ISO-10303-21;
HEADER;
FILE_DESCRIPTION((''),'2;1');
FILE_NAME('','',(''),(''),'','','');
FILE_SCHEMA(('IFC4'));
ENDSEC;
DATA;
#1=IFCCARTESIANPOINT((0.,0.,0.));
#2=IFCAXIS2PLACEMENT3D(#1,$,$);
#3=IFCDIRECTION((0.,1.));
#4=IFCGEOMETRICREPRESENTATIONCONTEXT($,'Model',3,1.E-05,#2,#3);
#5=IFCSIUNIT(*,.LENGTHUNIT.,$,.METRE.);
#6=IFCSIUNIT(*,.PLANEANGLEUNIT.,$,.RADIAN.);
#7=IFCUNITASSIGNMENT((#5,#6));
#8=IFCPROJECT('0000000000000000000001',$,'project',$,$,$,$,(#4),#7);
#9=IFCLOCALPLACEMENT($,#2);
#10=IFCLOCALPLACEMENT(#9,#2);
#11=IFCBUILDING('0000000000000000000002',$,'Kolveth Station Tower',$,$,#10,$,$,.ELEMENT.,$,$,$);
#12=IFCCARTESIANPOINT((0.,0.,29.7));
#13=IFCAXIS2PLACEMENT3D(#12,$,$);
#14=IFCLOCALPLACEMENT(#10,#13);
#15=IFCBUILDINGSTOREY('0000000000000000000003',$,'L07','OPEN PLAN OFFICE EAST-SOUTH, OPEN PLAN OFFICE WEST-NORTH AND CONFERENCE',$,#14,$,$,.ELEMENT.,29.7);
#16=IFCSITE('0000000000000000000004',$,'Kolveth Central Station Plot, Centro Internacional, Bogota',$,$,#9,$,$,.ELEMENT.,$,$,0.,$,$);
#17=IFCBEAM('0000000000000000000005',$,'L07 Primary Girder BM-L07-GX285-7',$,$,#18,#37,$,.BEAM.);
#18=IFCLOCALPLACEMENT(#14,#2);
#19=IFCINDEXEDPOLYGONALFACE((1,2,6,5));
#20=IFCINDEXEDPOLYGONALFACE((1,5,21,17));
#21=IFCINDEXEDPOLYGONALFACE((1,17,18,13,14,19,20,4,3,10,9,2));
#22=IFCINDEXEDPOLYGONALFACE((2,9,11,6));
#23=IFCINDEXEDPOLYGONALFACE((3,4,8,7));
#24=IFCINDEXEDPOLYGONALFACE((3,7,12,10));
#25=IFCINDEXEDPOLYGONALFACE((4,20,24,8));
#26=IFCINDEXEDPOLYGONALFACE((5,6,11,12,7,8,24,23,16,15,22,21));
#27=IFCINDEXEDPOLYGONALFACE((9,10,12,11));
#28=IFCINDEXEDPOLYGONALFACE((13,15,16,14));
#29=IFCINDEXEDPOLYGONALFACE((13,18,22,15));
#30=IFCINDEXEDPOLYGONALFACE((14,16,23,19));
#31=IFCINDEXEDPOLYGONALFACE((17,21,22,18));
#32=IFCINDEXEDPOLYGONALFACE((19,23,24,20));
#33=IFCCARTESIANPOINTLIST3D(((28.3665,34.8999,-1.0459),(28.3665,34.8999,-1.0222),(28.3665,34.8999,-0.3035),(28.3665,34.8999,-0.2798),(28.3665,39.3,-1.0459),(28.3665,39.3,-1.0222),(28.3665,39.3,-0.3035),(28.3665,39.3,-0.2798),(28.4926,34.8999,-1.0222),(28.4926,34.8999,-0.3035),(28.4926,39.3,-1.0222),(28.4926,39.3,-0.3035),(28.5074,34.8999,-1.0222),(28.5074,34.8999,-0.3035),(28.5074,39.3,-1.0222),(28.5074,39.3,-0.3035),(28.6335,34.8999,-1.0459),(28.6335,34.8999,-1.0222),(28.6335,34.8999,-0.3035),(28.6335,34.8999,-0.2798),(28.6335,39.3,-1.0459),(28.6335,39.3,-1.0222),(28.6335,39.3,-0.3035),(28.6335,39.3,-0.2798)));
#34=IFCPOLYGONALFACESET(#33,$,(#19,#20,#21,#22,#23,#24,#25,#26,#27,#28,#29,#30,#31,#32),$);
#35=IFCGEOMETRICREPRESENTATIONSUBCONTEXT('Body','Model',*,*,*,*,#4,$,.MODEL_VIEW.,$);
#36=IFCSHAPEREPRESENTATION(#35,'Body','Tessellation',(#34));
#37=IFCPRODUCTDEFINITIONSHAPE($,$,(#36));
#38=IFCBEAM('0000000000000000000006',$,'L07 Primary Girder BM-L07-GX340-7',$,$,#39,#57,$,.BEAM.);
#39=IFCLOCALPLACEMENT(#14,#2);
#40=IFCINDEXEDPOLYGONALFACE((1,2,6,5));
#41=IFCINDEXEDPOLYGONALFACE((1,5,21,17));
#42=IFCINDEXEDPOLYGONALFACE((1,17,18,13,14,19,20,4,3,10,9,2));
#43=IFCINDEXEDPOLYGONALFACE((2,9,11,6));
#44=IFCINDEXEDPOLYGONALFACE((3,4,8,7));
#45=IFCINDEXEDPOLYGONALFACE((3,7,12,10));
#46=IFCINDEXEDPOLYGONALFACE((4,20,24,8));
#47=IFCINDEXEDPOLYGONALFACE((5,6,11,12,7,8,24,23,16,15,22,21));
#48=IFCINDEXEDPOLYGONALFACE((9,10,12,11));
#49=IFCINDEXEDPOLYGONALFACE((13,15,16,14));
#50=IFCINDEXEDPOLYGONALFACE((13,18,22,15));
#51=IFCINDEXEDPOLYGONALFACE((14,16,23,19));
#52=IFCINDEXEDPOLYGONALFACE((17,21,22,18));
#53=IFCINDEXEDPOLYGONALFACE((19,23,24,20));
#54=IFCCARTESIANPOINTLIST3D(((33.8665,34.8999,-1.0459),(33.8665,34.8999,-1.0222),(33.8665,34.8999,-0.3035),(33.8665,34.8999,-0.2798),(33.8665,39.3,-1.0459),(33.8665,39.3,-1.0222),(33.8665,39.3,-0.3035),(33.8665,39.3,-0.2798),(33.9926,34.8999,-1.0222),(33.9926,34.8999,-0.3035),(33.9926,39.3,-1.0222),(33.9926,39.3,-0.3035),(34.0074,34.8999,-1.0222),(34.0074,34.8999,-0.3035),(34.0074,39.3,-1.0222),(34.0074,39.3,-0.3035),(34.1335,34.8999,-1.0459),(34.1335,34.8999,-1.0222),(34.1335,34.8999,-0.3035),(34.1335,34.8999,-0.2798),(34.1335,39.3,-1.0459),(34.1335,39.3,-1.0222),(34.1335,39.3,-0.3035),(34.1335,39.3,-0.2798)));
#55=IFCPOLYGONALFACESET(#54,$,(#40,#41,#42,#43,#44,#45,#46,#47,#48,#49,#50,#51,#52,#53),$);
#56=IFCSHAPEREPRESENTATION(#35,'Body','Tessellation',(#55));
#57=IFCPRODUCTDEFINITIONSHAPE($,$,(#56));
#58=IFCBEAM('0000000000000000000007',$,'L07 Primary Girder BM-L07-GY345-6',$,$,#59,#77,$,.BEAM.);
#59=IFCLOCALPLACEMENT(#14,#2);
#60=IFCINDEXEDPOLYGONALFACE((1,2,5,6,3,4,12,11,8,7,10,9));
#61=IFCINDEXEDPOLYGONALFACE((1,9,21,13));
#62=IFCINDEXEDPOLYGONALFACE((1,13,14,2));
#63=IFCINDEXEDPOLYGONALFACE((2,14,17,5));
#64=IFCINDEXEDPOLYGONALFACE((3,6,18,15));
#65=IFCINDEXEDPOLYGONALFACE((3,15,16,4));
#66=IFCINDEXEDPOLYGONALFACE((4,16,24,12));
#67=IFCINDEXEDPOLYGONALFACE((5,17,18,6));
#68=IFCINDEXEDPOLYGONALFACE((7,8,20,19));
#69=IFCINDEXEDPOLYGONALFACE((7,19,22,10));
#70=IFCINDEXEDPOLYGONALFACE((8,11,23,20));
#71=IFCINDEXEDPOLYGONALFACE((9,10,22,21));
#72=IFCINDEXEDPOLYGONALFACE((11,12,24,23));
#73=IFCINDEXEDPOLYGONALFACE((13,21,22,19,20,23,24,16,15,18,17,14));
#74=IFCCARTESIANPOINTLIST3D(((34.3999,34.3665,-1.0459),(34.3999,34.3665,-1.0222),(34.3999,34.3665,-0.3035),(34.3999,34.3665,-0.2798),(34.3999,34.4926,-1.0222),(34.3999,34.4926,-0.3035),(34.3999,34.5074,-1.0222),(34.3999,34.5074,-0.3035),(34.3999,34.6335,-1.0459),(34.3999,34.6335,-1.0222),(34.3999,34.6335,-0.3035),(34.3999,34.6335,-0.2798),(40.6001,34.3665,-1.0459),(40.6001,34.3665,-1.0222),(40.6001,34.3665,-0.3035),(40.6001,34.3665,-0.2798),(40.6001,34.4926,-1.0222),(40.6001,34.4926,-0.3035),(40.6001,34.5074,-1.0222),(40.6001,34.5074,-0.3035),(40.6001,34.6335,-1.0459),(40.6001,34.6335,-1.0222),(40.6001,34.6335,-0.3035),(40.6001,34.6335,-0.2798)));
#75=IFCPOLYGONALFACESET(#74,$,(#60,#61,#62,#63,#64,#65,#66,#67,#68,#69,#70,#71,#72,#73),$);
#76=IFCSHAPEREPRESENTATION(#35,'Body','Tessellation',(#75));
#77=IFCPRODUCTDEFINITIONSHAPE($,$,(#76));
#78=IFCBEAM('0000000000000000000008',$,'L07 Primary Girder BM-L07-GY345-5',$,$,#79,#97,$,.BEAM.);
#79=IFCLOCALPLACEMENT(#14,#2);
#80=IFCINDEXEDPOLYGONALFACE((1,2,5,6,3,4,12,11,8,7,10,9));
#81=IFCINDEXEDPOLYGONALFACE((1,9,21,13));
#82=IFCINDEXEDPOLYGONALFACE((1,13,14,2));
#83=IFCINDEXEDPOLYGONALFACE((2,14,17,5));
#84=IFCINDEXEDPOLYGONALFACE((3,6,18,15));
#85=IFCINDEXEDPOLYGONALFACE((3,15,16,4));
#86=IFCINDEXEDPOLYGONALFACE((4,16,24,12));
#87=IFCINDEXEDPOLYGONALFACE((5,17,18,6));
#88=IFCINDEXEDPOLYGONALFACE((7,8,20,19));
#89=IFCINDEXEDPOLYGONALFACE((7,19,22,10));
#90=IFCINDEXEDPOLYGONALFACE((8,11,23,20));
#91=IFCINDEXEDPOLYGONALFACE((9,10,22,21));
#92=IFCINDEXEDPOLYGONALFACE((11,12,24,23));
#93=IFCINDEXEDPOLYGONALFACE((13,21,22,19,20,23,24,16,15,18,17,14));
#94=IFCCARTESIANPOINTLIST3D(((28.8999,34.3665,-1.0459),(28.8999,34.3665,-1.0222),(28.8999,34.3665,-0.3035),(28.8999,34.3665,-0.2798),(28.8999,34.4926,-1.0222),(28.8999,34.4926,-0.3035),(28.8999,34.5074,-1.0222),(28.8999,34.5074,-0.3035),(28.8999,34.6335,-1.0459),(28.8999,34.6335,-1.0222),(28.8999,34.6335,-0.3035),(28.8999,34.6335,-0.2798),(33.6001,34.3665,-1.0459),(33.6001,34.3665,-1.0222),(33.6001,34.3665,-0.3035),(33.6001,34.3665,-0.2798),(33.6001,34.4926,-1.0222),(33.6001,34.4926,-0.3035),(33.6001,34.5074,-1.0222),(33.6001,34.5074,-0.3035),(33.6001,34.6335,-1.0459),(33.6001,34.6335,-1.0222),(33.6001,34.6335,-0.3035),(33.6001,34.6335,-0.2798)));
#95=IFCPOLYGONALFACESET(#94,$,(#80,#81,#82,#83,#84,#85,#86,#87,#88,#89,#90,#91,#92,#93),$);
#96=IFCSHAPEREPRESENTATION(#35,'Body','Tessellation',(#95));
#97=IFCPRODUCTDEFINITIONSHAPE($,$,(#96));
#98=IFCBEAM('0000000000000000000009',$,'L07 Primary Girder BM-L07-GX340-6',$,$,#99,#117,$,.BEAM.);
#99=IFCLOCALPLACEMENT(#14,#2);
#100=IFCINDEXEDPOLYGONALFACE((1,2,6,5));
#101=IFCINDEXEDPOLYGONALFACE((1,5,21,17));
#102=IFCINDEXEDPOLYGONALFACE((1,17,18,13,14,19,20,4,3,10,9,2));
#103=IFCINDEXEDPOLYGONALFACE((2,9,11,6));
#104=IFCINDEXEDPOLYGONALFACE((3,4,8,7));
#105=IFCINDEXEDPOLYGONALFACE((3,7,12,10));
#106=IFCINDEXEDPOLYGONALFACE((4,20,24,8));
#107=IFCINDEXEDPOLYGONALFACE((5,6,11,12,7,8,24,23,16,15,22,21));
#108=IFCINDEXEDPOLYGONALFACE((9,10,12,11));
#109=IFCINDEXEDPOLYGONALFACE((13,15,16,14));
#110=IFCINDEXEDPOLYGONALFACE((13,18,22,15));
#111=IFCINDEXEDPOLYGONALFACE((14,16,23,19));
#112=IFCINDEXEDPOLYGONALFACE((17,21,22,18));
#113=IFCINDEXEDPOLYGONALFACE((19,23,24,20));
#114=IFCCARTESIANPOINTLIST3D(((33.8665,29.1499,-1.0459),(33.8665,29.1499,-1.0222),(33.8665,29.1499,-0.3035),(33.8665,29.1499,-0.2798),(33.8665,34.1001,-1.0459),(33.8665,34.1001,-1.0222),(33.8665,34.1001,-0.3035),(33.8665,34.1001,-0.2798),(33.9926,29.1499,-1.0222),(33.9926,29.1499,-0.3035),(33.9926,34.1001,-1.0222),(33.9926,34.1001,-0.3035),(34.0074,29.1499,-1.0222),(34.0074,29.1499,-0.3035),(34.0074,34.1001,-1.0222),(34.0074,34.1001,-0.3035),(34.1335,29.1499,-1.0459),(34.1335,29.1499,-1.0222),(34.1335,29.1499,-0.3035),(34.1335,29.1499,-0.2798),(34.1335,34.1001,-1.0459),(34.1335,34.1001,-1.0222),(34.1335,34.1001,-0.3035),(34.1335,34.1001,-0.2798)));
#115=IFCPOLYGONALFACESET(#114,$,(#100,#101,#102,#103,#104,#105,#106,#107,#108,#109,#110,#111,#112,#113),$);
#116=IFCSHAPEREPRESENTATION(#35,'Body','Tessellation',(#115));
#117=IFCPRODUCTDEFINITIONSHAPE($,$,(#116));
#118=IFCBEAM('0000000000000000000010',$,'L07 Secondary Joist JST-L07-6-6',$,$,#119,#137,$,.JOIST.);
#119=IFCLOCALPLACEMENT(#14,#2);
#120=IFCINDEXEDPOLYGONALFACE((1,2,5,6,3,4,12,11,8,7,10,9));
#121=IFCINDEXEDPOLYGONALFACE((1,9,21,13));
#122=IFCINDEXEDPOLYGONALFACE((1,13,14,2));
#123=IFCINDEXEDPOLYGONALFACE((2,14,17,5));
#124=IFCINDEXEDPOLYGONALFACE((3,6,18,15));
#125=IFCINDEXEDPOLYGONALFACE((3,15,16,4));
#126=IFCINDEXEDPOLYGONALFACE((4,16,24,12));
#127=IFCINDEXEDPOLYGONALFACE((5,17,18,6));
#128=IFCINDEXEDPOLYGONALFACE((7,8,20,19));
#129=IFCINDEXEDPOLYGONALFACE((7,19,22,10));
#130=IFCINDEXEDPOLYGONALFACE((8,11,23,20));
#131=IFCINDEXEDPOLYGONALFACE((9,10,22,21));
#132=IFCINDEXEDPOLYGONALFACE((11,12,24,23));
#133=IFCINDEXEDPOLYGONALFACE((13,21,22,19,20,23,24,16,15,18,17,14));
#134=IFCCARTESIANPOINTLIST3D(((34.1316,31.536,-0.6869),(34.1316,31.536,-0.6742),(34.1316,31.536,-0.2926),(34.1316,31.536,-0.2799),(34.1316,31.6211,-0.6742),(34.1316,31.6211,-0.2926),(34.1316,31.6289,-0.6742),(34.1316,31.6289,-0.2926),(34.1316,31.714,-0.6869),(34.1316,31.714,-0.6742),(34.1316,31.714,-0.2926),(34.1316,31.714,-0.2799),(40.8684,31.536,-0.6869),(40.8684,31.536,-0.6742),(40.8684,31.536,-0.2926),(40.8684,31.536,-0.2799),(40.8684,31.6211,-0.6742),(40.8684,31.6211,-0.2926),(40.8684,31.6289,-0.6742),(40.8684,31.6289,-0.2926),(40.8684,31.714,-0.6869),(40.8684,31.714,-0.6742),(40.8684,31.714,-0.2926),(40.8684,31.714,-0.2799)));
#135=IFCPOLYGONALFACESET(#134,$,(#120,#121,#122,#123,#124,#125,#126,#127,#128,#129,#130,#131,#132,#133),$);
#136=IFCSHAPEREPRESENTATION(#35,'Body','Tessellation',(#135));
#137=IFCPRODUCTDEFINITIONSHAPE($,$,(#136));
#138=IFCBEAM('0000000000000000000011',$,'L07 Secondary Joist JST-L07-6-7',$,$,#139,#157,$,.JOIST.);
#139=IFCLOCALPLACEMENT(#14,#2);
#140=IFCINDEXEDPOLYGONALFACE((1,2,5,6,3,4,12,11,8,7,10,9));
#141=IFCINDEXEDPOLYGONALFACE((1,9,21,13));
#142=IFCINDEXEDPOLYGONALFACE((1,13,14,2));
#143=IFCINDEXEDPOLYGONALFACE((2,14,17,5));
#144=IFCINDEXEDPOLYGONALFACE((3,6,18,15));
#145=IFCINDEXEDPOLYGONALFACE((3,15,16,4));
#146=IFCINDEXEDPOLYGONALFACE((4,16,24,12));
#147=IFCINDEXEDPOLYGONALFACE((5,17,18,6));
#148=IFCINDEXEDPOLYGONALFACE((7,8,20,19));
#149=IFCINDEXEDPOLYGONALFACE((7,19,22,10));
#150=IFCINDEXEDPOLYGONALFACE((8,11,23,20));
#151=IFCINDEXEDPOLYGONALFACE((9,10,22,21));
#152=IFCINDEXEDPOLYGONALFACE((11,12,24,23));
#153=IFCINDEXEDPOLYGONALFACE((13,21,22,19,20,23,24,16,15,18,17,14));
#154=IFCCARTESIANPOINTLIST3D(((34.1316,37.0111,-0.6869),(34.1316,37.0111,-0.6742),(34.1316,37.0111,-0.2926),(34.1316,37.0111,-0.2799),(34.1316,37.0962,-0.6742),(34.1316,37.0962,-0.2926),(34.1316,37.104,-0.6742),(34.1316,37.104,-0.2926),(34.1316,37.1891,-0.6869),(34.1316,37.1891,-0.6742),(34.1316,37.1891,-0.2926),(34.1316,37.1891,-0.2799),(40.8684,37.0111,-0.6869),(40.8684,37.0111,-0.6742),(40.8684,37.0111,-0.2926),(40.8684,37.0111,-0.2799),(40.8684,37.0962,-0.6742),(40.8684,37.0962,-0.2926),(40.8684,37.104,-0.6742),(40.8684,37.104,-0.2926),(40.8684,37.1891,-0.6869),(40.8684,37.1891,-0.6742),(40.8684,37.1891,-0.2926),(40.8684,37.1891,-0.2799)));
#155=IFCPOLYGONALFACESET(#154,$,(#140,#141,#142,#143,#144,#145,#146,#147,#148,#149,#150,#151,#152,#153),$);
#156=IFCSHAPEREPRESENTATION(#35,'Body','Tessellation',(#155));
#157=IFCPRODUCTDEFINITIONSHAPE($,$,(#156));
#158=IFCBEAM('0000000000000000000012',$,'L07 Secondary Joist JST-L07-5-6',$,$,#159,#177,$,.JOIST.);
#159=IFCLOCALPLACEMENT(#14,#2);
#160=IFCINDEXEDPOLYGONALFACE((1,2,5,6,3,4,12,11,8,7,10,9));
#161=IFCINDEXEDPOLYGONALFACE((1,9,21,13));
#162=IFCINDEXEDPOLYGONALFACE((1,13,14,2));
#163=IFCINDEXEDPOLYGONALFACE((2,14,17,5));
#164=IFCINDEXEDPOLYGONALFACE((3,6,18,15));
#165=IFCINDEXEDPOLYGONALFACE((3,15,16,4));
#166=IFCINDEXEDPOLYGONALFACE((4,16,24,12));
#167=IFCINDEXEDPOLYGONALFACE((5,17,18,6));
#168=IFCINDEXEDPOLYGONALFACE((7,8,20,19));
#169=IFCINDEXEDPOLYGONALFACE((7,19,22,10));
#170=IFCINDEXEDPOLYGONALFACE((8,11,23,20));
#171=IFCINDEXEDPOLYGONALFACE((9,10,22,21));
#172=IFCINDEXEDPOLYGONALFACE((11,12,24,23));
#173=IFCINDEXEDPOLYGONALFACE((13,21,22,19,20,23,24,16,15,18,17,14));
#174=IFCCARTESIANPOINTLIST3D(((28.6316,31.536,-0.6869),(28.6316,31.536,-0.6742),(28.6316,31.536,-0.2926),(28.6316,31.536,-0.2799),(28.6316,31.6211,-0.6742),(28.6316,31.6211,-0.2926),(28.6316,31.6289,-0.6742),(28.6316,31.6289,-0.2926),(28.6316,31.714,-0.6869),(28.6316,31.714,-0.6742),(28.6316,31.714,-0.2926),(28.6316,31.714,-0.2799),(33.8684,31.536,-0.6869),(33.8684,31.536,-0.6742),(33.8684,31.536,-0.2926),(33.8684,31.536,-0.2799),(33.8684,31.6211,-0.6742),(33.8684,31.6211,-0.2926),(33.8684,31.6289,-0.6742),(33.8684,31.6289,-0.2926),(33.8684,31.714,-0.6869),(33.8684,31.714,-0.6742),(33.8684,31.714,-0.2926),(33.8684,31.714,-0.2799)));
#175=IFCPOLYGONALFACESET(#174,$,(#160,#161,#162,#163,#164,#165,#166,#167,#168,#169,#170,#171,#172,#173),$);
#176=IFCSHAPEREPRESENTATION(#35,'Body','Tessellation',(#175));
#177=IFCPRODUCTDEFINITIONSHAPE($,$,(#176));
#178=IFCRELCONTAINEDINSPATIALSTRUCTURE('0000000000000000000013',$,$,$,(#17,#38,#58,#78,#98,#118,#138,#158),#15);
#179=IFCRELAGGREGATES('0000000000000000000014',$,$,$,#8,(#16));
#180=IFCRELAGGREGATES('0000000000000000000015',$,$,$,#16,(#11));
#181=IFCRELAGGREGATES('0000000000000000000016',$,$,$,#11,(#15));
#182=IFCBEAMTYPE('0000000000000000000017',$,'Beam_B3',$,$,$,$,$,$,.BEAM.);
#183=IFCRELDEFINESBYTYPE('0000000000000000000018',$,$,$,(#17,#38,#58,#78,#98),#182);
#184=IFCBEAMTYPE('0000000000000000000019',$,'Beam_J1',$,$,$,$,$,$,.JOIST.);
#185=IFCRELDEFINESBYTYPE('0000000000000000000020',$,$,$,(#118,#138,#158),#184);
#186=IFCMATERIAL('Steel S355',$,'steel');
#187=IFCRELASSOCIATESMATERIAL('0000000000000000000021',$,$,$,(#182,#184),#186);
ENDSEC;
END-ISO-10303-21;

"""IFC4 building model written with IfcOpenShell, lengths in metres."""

from ifc_helpers import new_model, si_unit, direction, frame, origin, origin_2d, place, context, subcontext, project, spatial, i_section, extrude, source, transform, mapped, material, material_profile, profile_set, type_object, element, save


model = new_model("IFC4")

# Units and contexts
model_context = context("Model", 3, precision=1e-05, world=origin(), true_north=direction((0.0, 1.0)))
body_context = subcontext(model_context, "Body", "Model", "MODEL_VIEW")
ifc_project = project(units=[si_unit("LENGTHUNIT", "METRE"), si_unit("PLANEANGLEUNIT", "RADIAN")], contexts=[model_context])

# Site, building, storey
site_placement = place(None, origin())
site = spatial("IfcSite", under=ifc_project, at=site_placement, Name="Kolveth Central Station Plot, Centro Internacional, Bogota", CompositionType="ELEMENT", RefElevation=0.0)
building_placement = place(site_placement, origin())
building = spatial("IfcBuilding", under=site, at=building_placement, Name="Kolveth Station Tower", CompositionType="ELEMENT")
storey_placement = place(building_placement, frame((0.0, 0.0, 29.7)))
storey = spatial("IfcBuildingStorey", under=building, at=storey_placement, Name="L07", Description="OPEN PLAN OFFICE EAST-SOUTH, OPEN PLAN OFFICE WEST-NORTH AND CONFERENCE", CompositionType="ELEMENT", Elevation=29.7)

# Shared definitions
ifc_material_1 = material(Name="Steel S355", Category="steel")

# Beams
ifc_material_profile_1 = material_profile(ifc_material_1, i_section(OverallWidth=0.2671, OverallDepth=0.7661, WebThickness=0.0149, FlangeThickness=0.0237, at=origin_2d()), Name="W760x185")
ifc_profile_set_1 = profile_set([ifc_material_profile_1], Name="Steel S355")
beam_type_1 = type_object("IfcBeamType", Name="Beam_B3", PredefinedType="BEAM", material=ifc_profile_set_1)
shared_shape_1 = source(origin(), body_context, "Body", "SweptSolid", [
    extrude(i_section(OverallWidth=0.2671, OverallDepth=0.7661, WebThickness=0.0149, FlangeThickness=0.0237, at=origin_2d()), origin(), (0.0, 0.0, 1.0), 4.4001),
])
for number, where, z_axis, x_axis, name in (
    (1, (28.5, 34.8999, -0.6628), (0.0, 1.0, 0.0), (-1.0, 0.0, 0.0), "L07 Primary Girder BM-L07-GX285-7"),
    (2, (34.0, 34.8999, -0.6628), (0.0, 1.0, 0.0), (-1.0, 0.0, 0.0), "L07 Primary Girder BM-L07-GX340-7"),
):
    element("IfcBeam", number, at=place(storey_placement, frame(where, z_axis=z_axis, x_axis=x_axis)), inside=storey, type_object=beam_type_1, Name=name, PredefinedType="BEAM", context=body_context, shape_type="MappedRepresentation", body=[
        mapped(shared_shape_1, transform((0.0, 0.0, 0.0), x_axis=(1.0, 0.0, 0.0), y_axis=(0.0, 1.0, 0.0), z_axis=(0.0, 0.0, 1.0), scale=1.0)),
    ])
shared_shape_2 = source(origin(), body_context, "Body", "SweptSolid", [
    extrude(i_section(OverallWidth=0.2671, OverallDepth=0.7661, WebThickness=0.0149, FlangeThickness=0.0237, at=origin_2d()), origin(), (0.0, 0.0, 1.0), 6.2002),
])
beam_1_placement = place(storey_placement, frame((34.3999, 34.5, -0.6628), z_axis=(1.0, 0.0, 0.0), x_axis=(0.0, 1.0, 0.0)))
element("IfcBeam", 3, at=beam_1_placement, inside=storey, type_object=beam_type_1, Name="L07 Primary Girder BM-L07-GY345-6", PredefinedType="BEAM", context=body_context, shape_type="MappedRepresentation", body=[
    mapped(shared_shape_2, transform((0.0, 0.0, 0.0), x_axis=(1.0, 0.0, 0.0), y_axis=(0.0, 1.0, 0.0), z_axis=(0.0, 0.0, 1.0), scale=1.0)),
])
shared_shape_3 = source(origin(), body_context, "Body", "SweptSolid", [
    extrude(i_section(OverallWidth=0.2671, OverallDepth=0.7661, WebThickness=0.0149, FlangeThickness=0.0237, at=origin_2d()), origin(), (0.0, 0.0, 1.0), 4.7002),
])
beam_2_placement = place(storey_placement, frame((28.8999, 34.5, -0.6628), z_axis=(1.0, 0.0, 0.0), x_axis=(0.0, 1.0, 0.0)))
element("IfcBeam", 4, at=beam_2_placement, inside=storey, type_object=beam_type_1, Name="L07 Primary Girder BM-L07-GY345-5", PredefinedType="BEAM", context=body_context, shape_type="MappedRepresentation", body=[
    mapped(shared_shape_3, transform((0.0, 0.0, 0.0), x_axis=(1.0, 0.0, 0.0), y_axis=(0.0, 1.0, 0.0), z_axis=(0.0, 0.0, 1.0), scale=1.0)),
])
shared_shape_4 = source(origin(), body_context, "Body", "SweptSolid", [
    extrude(i_section(OverallWidth=0.2671, OverallDepth=0.7661, WebThickness=0.0149, FlangeThickness=0.0237, at=origin_2d()), origin(), (0.0, 0.0, 1.0), 4.9502),
])
beam_3_placement = place(storey_placement, frame((34.0, 29.1499, -0.6628), z_axis=(0.0, 1.0, 0.0), x_axis=(-1.0, 0.0, 0.0)))
element("IfcBeam", 5, at=beam_3_placement, inside=storey, type_object=beam_type_1, Name="L07 Primary Girder BM-L07-GX340-6", PredefinedType="BEAM", context=body_context, shape_type="MappedRepresentation", body=[
    mapped(shared_shape_4, transform((0.0, 0.0, 0.0), x_axis=(1.0, 0.0, 0.0), y_axis=(0.0, 1.0, 0.0), z_axis=(0.0, 0.0, 1.0), scale=1.0)),
])
ifc_material_profile_2 = material_profile(ifc_material_1, i_section(OverallWidth=0.178, OverallDepth=0.407, WebThickness=0.0078, FlangeThickness=0.0127, at=origin_2d()), Name="W410x60")
ifc_profile_set_2 = profile_set([ifc_material_profile_2], Name="Steel S355")
beam_type_2 = type_object("IfcBeamType", Name="Beam_J1", PredefinedType="JOIST", material=ifc_profile_set_2)
shared_shape_5 = source(origin(), body_context, "Body", "SweptSolid", [
    extrude(i_section(OverallWidth=0.178, OverallDepth=0.407, WebThickness=0.0078, FlangeThickness=0.0127, at=origin_2d()), origin(), (0.0, 0.0, 1.0), 6.7368),
])
for number, where, z_axis, x_axis, name in (
    (6, (34.1316, 31.625, -0.4834), (1.0, 0.0, 0.0), (0.0, 1.0, 0.0), "L07 Secondary Joist JST-L07-6-6"),
    (7, (34.1316, 37.1001, -0.4834), (1.0, 0.0, 0.0), (0.0, 1.0, 0.0), "L07 Secondary Joist JST-L07-6-7"),
):
    element("IfcBeam", number, at=place(storey_placement, frame(where, z_axis=z_axis, x_axis=x_axis)), inside=storey, type_object=beam_type_2, Name=name, PredefinedType="JOIST", context=body_context, shape_type="MappedRepresentation", body=[
        mapped(shared_shape_5, transform((0.0, 0.0, 0.0), x_axis=(1.0, 0.0, 0.0), y_axis=(0.0, 1.0, 0.0), z_axis=(0.0, 0.0, 1.0), scale=1.0)),
    ])
shared_shape_6 = source(origin(), body_context, "Body", "SweptSolid", [
    extrude(i_section(OverallWidth=0.178, OverallDepth=0.407, WebThickness=0.0078, FlangeThickness=0.0127, at=origin_2d()), origin(), (0.0, 0.0, 1.0), 5.2368),
])
for number, where, z_axis, x_axis, name in (
    (8, (28.6316, 31.625, -0.4834), (1.0, 0.0, 0.0), (0.0, 1.0, 0.0), "L07 Secondary Joist JST-L07-5-6"),
):
    element("IfcBeam", number, at=place(storey_placement, frame(where, z_axis=z_axis, x_axis=x_axis)), inside=storey, type_object=beam_type_2, Name=name, PredefinedType="JOIST", context=body_context, shape_type="MappedRepresentation", body=[
        mapped(shared_shape_6, transform((0.0, 0.0, 0.0), x_axis=(1.0, 0.0, 0.0), y_axis=(0.0, 1.0, 0.0), z_axis=(0.0, 0.0, 1.0), scale=1.0)),
    ])

save(model, "model.ifc")
